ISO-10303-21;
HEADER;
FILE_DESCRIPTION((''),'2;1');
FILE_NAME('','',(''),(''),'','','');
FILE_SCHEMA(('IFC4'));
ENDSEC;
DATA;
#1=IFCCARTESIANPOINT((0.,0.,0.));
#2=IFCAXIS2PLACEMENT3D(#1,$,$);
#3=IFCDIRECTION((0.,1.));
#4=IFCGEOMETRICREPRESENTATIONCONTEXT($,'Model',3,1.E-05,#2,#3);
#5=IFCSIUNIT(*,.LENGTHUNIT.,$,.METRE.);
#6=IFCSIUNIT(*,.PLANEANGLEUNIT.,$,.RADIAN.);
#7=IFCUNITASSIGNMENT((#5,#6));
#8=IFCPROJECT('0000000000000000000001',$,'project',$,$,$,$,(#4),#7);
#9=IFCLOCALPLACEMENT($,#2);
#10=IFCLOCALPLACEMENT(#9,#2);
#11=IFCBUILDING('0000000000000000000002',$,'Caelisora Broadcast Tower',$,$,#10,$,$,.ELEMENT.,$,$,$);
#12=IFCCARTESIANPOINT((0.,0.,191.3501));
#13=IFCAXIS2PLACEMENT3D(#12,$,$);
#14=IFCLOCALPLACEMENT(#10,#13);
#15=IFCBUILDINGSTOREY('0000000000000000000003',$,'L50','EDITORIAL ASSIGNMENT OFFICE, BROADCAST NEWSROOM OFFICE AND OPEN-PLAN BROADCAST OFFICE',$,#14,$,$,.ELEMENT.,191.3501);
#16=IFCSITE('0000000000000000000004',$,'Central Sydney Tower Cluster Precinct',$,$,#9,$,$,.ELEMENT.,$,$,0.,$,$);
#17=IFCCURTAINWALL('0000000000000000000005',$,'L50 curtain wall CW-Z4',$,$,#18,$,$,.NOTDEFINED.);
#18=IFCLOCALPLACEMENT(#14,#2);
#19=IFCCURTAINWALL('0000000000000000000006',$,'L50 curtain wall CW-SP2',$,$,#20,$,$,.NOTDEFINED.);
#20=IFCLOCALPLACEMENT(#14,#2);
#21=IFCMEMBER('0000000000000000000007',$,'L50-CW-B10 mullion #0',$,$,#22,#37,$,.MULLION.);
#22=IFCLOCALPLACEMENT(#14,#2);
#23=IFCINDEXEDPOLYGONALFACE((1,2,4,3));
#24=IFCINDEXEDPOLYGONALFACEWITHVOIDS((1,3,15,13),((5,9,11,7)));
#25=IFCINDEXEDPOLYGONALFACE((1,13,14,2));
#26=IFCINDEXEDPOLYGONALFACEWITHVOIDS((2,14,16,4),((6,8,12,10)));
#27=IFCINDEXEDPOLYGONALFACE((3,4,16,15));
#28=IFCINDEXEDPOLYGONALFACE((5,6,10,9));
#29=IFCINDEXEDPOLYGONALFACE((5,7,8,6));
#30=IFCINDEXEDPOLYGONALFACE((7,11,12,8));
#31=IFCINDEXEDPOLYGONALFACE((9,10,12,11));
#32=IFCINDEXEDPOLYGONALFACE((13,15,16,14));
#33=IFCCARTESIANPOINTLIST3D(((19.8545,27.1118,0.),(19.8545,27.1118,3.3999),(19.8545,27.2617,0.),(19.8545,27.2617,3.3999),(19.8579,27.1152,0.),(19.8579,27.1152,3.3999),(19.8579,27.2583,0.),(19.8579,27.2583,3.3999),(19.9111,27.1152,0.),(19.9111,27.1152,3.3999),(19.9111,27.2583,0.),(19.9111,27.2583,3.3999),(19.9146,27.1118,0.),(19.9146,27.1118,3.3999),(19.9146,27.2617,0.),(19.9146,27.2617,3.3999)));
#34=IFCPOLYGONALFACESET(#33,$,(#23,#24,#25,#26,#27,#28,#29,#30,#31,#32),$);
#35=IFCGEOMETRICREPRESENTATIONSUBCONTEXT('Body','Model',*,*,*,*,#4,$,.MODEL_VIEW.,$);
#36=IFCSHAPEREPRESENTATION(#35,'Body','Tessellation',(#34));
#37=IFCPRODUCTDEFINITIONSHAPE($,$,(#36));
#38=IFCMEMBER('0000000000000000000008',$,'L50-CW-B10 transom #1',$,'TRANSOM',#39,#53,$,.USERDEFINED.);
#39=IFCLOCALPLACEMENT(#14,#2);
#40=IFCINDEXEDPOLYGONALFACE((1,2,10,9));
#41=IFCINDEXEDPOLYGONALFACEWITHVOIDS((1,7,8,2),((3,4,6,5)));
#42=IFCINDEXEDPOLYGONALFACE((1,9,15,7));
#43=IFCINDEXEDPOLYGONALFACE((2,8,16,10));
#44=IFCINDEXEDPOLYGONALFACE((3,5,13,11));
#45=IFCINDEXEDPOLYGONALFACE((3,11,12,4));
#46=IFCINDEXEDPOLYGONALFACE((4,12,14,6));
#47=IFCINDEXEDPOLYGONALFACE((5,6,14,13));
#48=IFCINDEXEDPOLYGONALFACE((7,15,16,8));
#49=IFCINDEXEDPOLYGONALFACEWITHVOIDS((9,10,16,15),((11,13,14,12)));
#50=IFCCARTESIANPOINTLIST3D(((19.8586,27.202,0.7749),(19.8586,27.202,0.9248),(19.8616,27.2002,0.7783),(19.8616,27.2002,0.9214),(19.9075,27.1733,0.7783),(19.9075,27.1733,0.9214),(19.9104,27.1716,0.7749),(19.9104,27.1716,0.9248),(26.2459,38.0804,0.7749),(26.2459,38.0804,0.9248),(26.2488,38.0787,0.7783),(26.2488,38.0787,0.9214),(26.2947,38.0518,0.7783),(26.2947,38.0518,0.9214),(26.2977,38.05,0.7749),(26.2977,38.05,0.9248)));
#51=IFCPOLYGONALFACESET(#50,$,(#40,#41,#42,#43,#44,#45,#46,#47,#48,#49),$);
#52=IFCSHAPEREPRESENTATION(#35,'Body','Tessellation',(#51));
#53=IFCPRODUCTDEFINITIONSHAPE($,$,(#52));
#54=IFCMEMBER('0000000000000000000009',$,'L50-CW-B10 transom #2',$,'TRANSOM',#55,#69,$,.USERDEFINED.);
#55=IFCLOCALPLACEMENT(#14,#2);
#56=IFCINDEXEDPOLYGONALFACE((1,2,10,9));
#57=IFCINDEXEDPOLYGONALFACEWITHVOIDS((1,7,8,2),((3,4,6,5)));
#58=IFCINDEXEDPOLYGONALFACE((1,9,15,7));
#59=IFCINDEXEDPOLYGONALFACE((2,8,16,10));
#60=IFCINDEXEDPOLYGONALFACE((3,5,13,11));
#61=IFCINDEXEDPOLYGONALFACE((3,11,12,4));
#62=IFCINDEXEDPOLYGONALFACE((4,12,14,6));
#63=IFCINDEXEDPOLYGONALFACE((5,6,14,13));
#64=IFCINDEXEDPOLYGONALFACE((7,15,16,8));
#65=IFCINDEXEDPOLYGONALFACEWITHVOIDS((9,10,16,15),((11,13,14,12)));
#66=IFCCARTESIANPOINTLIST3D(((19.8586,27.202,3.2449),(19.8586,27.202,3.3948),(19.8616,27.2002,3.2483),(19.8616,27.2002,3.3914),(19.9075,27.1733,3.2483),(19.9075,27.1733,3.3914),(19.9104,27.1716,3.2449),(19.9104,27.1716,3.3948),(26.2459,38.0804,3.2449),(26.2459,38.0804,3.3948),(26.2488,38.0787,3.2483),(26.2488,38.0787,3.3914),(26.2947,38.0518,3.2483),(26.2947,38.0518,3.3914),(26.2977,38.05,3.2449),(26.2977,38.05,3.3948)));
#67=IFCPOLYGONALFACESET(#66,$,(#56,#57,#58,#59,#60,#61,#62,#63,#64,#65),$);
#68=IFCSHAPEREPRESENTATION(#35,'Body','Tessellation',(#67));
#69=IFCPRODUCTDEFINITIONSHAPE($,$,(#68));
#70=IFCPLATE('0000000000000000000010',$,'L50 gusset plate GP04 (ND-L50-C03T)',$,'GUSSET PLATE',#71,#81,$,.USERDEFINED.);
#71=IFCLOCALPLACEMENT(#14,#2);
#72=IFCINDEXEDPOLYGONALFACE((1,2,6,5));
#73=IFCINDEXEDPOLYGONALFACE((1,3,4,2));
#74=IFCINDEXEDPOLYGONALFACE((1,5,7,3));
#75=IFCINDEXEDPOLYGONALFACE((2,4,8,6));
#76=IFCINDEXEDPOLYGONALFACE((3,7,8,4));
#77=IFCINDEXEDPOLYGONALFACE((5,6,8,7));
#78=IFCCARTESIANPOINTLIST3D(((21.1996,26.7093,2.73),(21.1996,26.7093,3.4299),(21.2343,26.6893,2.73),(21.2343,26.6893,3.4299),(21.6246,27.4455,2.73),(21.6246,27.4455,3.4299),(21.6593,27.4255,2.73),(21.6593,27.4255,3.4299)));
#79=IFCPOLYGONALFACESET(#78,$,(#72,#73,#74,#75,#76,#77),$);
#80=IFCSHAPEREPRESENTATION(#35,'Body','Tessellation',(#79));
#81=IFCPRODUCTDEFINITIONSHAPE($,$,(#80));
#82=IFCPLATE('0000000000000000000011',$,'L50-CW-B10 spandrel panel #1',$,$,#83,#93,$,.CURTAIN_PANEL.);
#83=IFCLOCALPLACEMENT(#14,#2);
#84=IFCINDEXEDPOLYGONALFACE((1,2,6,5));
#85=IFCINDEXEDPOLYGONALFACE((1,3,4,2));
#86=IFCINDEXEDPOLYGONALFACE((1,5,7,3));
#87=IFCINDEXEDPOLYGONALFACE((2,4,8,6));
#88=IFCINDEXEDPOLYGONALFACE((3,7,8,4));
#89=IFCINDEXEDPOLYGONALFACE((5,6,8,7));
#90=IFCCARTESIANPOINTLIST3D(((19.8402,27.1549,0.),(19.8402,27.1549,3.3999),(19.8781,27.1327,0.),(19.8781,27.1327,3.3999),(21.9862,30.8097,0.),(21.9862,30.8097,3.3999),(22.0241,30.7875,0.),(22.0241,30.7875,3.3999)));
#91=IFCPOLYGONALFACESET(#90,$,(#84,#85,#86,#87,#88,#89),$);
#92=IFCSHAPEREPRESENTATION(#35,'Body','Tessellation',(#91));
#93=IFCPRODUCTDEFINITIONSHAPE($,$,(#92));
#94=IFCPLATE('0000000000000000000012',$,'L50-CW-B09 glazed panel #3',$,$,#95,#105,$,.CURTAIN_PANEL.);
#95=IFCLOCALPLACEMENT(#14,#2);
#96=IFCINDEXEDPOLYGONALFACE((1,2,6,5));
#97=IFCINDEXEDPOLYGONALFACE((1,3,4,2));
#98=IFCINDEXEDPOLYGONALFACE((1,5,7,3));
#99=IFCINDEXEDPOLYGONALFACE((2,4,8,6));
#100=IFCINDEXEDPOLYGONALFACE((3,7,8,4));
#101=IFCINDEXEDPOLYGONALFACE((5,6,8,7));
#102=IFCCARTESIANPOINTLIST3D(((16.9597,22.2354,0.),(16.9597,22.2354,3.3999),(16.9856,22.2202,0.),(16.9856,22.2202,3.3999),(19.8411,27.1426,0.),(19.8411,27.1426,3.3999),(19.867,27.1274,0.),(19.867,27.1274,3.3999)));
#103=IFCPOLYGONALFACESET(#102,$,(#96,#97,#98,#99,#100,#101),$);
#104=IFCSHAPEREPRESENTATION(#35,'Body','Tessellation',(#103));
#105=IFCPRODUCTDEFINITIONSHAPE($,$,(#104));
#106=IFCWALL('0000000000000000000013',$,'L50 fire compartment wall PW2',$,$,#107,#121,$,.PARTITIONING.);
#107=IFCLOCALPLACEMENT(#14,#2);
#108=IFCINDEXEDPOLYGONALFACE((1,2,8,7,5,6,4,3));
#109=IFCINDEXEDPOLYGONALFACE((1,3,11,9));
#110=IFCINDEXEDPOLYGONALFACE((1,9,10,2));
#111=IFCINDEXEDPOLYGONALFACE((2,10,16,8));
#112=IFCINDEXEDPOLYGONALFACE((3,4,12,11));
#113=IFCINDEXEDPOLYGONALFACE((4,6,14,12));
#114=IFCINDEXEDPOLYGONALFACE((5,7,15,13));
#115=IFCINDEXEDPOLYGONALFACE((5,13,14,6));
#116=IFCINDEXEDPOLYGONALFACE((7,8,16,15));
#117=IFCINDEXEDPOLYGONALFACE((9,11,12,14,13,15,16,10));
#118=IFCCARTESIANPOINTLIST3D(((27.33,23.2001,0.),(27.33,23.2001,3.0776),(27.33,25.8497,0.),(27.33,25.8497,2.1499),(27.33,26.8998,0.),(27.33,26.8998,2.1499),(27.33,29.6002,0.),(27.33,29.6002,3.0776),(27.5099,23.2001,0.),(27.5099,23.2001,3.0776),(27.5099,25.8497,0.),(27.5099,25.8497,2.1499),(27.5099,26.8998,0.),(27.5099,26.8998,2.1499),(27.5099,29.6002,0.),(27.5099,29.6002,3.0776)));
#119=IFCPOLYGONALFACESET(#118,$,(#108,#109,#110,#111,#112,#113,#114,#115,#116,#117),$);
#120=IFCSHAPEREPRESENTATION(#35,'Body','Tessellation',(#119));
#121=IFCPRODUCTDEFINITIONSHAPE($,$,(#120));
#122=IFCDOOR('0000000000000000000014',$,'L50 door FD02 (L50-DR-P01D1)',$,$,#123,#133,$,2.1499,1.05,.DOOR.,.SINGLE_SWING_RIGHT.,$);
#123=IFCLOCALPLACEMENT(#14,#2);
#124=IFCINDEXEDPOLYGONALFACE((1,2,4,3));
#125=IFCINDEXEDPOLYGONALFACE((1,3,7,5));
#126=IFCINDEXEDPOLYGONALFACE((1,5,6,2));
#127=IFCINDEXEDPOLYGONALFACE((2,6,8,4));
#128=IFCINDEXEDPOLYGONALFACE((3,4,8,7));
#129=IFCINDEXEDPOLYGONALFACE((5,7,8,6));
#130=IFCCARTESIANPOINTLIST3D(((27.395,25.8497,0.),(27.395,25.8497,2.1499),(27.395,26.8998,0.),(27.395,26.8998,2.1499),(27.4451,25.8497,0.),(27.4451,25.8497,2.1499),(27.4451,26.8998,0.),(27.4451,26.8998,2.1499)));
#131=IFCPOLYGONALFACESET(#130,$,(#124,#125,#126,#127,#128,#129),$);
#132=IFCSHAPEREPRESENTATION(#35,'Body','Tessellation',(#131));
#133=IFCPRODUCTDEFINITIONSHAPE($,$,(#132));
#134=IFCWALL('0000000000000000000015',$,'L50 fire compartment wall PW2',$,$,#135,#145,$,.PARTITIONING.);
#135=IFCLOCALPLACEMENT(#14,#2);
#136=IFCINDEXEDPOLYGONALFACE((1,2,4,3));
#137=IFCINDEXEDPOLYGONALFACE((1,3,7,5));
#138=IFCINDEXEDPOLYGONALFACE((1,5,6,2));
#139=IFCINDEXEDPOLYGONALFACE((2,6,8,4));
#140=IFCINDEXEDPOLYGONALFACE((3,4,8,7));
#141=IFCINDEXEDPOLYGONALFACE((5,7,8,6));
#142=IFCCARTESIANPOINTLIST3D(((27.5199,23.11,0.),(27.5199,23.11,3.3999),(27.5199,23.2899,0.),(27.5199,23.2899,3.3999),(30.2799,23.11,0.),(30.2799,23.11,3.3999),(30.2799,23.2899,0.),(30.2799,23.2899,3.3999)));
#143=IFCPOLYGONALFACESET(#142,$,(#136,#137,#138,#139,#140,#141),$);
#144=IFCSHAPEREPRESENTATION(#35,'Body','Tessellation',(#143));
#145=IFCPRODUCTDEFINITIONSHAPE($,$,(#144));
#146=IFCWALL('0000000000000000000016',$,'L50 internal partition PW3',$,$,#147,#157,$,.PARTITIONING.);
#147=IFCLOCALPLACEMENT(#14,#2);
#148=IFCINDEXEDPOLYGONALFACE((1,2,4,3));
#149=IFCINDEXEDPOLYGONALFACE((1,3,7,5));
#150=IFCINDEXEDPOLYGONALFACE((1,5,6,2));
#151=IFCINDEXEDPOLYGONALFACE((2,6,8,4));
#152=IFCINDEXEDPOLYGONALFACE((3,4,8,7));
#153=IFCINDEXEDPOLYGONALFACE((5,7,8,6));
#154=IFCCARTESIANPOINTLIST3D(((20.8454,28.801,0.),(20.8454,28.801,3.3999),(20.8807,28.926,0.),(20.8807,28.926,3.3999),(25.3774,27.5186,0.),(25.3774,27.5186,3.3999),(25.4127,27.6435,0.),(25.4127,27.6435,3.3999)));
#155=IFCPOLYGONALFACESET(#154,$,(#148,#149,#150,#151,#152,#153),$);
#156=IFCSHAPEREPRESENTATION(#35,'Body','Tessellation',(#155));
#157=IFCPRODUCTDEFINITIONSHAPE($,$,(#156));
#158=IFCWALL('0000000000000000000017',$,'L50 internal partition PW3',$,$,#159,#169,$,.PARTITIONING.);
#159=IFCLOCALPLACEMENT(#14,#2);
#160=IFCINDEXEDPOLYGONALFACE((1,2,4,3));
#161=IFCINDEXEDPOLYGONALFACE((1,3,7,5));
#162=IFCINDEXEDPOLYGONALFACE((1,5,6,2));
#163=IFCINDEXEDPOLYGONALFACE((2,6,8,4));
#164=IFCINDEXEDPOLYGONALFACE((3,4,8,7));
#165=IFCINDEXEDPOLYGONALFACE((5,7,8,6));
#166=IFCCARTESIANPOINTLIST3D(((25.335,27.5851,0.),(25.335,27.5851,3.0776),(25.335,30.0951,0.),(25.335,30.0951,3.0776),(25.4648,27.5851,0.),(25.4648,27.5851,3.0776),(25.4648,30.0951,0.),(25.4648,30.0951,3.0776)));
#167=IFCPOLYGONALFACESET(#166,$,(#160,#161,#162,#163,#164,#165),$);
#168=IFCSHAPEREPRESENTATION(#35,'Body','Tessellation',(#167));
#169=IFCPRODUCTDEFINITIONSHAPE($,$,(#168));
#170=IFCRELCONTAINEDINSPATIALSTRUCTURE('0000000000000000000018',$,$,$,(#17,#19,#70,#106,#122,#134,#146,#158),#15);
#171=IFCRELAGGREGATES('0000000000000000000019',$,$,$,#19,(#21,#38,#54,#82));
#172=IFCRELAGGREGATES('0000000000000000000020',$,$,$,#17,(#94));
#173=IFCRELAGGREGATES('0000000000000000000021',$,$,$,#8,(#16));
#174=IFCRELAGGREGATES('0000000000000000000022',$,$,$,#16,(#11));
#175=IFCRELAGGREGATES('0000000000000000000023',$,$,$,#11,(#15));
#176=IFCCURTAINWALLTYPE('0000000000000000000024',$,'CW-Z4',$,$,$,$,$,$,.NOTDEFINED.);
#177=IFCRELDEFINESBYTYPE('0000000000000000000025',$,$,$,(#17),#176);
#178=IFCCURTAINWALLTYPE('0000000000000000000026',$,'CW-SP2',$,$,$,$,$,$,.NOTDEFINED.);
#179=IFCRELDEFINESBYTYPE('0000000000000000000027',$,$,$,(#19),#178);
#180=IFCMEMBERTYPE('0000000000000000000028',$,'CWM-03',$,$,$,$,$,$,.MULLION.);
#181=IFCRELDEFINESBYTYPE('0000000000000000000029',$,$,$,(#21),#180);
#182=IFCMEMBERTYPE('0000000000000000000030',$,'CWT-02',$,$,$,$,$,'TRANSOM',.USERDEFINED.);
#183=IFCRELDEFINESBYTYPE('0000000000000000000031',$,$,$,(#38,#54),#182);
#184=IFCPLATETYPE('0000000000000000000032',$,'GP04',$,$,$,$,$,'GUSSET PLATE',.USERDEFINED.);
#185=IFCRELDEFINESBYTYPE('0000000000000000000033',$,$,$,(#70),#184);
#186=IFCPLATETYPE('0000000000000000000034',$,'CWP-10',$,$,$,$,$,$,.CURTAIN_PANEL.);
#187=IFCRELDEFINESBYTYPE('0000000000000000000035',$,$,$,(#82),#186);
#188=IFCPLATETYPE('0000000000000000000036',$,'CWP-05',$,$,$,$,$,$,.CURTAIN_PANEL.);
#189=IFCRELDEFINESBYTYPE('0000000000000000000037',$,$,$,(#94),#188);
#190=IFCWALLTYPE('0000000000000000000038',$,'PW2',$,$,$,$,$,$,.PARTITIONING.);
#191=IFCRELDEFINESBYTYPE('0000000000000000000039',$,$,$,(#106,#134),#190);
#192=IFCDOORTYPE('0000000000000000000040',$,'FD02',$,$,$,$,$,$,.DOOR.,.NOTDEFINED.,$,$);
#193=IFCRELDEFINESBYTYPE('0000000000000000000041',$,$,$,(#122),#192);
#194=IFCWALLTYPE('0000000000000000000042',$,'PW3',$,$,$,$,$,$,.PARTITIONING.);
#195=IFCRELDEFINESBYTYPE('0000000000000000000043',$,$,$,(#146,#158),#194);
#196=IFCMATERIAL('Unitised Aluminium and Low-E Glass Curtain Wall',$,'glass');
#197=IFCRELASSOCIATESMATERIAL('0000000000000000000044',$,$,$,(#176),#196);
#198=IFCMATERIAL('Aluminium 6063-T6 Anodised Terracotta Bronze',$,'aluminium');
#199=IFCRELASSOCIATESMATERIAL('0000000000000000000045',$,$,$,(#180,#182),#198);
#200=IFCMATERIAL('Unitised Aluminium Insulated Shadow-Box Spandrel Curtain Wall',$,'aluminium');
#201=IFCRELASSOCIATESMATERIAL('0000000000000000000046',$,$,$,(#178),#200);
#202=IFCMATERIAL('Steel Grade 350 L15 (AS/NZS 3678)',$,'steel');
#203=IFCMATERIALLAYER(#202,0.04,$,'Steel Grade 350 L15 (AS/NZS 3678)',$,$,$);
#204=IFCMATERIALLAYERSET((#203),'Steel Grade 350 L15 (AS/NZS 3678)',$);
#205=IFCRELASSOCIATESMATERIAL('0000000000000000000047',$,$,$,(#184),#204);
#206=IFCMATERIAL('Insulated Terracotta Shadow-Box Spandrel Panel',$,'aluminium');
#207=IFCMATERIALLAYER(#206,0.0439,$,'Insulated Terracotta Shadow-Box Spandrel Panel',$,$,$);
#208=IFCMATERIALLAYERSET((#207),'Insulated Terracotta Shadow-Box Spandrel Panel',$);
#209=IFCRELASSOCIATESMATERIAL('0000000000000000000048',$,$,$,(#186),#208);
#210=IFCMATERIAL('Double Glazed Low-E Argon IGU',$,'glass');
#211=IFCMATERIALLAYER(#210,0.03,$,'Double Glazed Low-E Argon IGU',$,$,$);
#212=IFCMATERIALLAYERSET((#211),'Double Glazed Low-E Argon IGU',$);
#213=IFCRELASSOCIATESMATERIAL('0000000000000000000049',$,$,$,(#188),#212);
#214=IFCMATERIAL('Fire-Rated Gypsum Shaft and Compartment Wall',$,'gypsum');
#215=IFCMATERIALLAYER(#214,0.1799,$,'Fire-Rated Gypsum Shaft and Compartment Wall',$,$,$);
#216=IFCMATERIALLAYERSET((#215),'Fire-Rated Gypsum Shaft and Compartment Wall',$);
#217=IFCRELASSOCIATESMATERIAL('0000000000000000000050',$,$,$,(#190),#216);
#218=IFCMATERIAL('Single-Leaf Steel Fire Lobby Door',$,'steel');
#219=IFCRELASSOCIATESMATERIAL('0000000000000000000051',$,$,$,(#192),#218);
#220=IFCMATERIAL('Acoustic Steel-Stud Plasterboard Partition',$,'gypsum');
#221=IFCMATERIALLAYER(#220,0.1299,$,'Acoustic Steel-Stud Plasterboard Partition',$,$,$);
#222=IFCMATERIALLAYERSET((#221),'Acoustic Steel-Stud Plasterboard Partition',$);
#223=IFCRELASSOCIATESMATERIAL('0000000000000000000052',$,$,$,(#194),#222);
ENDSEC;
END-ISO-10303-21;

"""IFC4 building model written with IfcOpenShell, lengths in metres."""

from ifc_helpers import new_model, si_unit, direction, frame, frame_2d, origin, origin_2d, place, context, subcontext, project, spatial, rectangle, hollow_rectangle, extrude, source, transform, mapped, material, layer, layer_set, material_profile, profile_set, type_object, type_shapes, element, fill, aggregate, save


model = new_model("IFC4")

# Units and contexts
model_context = context("Model", 3, precision=1e-05, world=origin(), true_north=direction((0.0, 1.0)))
body_context = subcontext(model_context, "Body", "Model", "MODEL_VIEW")
ifc_project = project(units=[si_unit("LENGTHUNIT", "METRE"), si_unit("PLANEANGLEUNIT", "RADIAN")], contexts=[model_context])

# Site, building, storey
site_placement = place(None, origin())
site = spatial("IfcSite", under=ifc_project, at=site_placement, Name="Central Sydney Tower Cluster Precinct", CompositionType="ELEMENT", RefElevation=0.0)
building_placement = place(site_placement, origin())
building = spatial("IfcBuilding", under=site, at=building_placement, Name="Caelisora Broadcast Tower", CompositionType="ELEMENT")
storey_placement = place(building_placement, frame((0.0, 0.0, 191.3501)))
storey = spatial("IfcBuildingStorey", under=building, at=storey_placement, Name="L50", Description="EDITORIAL ASSIGNMENT OFFICE, BROADCAST NEWSROOM OFFICE AND OPEN-PLAN BROADCAST OFFICE", CompositionType="ELEMENT", Elevation=191.3501)

# Shared definitions
ifc_material_1 = material(Name="Steel Grade 350 L15 (AS/NZS 3678)", Category="steel")

# Curtain walls, members
ifc_material_2 = material(Name="Unitised Aluminium and Low-E Glass Curtain Wall", Category="glass")
curtain_wall_type_1 = type_object("IfcCurtainWallType", Name="CW-Z4", PredefinedType="NOTDEFINED", material=ifc_material_2)
curtain_wall_1_placement = place(storey_placement, origin())
curtain_wall_1 = element("IfcCurtainWall", 1, at=curtain_wall_1_placement, inside=storey, type_object=curtain_wall_type_1, Name="L50 curtain wall CW-Z4", PredefinedType="NOTDEFINED")
ifc_material_3 = material(Name="Aluminium 6063-T6 Anodised Terracotta Bronze", Category="aluminium")
ifc_material_profile_1 = material_profile(ifc_material_3, hollow_rectangle(XDim=0.0601, YDim=0.1499, WallThickness=0.0034, at=origin_2d()), Name="Aluminium 6063-T6 Anodised Terracotta Bronze")
ifc_profile_set_1 = profile_set([ifc_material_profile_1], Name="Aluminium 6063-T6 Anodised Terracotta Bronze")
member_type_1 = type_object("IfcMemberType", Name="CWM-03", PredefinedType="MULLION", material=ifc_profile_set_1)
shared_shape_1 = source(origin(), body_context, "Body", "SweptSolid", [
    extrude(hollow_rectangle(XDim=0.0601, YDim=0.1499, WallThickness=0.0034, at=origin_2d()), origin(), (0.0, 0.0, 1.0), 3.3999),
])
type_shapes(member_type_1, [shared_shape_1])
ifc_material_4 = material(Name="Unitised Aluminium Insulated Shadow-Box Spandrel Curtain Wall", Category="aluminium")
curtain_wall_type_2 = type_object("IfcCurtainWallType", Name="CW-SP2", PredefinedType="NOTDEFINED", material=ifc_material_4)
curtain_wall_2_placement = place(storey_placement, origin())
curtain_wall_2 = element("IfcCurtainWall", 2, at=curtain_wall_2_placement, inside=storey, type_object=curtain_wall_type_2, Name="L50 curtain wall CW-SP2", PredefinedType="NOTDEFINED")
member_1_placement = place(storey_placement, frame((19.8845, 27.1868, 0.0), z_axis=(0.0, 0.0, 1.0), x_axis=(1.0, 0.0, 0.0)))
member_1 = element("IfcMember", 3, at=member_1_placement, type_object=member_type_1, Name="L50-CW-B10 mullion #0", PredefinedType="MULLION", context=body_context, shape_type="MappedRepresentation", body=[
    mapped(shared_shape_1, transform((0.0, 0.0, 0.0), scale=1.0)),
])
ifc_material_profile_2 = material_profile(ifc_material_3, hollow_rectangle(XDim=0.0601, YDim=0.1499, WallThickness=0.0034, at=origin_2d()), Name="Aluminium 6063-T6 Anodised Terracotta Bronze")
ifc_profile_set_2 = profile_set([ifc_material_profile_2], Name="Aluminium 6063-T6 Anodised Terracotta Bronze")
member_type_2 = type_object("IfcMemberType", Name="CWT-02", ElementType="TRANSOM", PredefinedType="USERDEFINED", material=ifc_profile_set_2)
shared_shape_2 = source(origin(), body_context, "Body", "SweptSolid", [
    extrude(hollow_rectangle(XDim=0.0601, YDim=0.1499, WallThickness=0.0034, at=origin_2d()), origin(), (0.0, 0.0, 1.0), 12.615),
])
type_shapes(member_type_2, [shared_shape_2])
member_2_placement = place(storey_placement, frame((19.8845, 27.1868, 0.8499), z_axis=(0.506321, 0.862345, 0.0), x_axis=(-0.862345, 0.506321, 0.0)))
member_2 = element("IfcMember", 4, at=member_2_placement, type_object=member_type_2, Name="L50-CW-B10 transom #1", ObjectType="TRANSOM", PredefinedType="USERDEFINED", context=body_context, shape_type="MappedRepresentation", body=[
    mapped(shared_shape_2, transform((0.0, 0.0, 0.0), scale=1.0)),
])
member_3_placement = place(storey_placement, frame((19.8845, 27.1868, 3.3198), z_axis=(0.506321, 0.862345, 0.0), x_axis=(-0.862345, 0.506321, 0.0)))
member_3 = element("IfcMember", 5, at=member_3_placement, type_object=member_type_2, Name="L50-CW-B10 transom #2", ObjectType="TRANSOM", PredefinedType="USERDEFINED", context=body_context, shape_type="MappedRepresentation", body=[
    mapped(shared_shape_2, transform((0.0, 0.0, 0.0), scale=1.0)),
])

# Plates
ifc_layer_1 = layer(ifc_material_1, 0.04, Name="Steel Grade 350 L15 (AS/NZS 3678)")
ifc_layer_set_1 = layer_set([ifc_layer_1], Name="Steel Grade 350 L15 (AS/NZS 3678)")
plate_type_1 = type_object("IfcPlateType", Name="GP04", ElementType="GUSSET PLATE", PredefinedType="USERDEFINED", material=ifc_layer_set_1)
shared_shape_3 = source(origin(), body_context, "Body", "SweptSolid", [
    extrude(rectangle(XDim=0.8501, YDim=0.04, at=origin_2d()), origin(), (0.0, 0.0, 1.0), 0.7),
])
type_shapes(plate_type_1, [shared_shape_3])
plate_1_placement = place(storey_placement, frame((21.4294, 27.0674, 2.73), z_axis=(0.0, 0.0, 1.0), x_axis=(-0.5, -0.866025, 0.0)))
element("IfcPlate", 6, at=plate_1_placement, inside=storey, type_object=plate_type_1, Name="L50 gusset plate GP04 (ND-L50-C03T)", ObjectType="GUSSET PLATE", PredefinedType="USERDEFINED", context=body_context, shape_type="MappedRepresentation", body=[
    mapped(shared_shape_3, transform((0.0, 0.0, 0.0), scale=1.0)),
])
ifc_material_5 = material(Name="Insulated Terracotta Shadow-Box Spandrel Panel", Category="aluminium")
ifc_layer_2 = layer(ifc_material_5, 0.0439, Name="Insulated Terracotta Shadow-Box Spandrel Panel")
ifc_layer_set_2 = layer_set([ifc_layer_2], Name="Insulated Terracotta Shadow-Box Spandrel Panel")
plate_type_2 = type_object("IfcPlateType", Name="CWP-10", PredefinedType="CURTAIN_PANEL", material=ifc_layer_set_2)
shared_shape_4 = source(origin(), body_context, "Body", "SweptSolid", [
    extrude(rectangle(XDim=4.2383, YDim=0.0439, at=origin_2d()), origin(), (0.0, 0.0, 1.0), 3.3999),
])
type_shapes(plate_type_2, [shared_shape_4])
plate_2_placement = place(storey_placement, frame((20.9321, 28.9712, 0.0), z_axis=(0.0, 0.0, 1.0), x_axis=(0.506335, 0.862337, 0.0)))
plate_2 = element("IfcPlate", 7, at=plate_2_placement, type_object=plate_type_2, Name="L50-CW-B10 spandrel panel #1", PredefinedType="CURTAIN_PANEL", context=body_context, shape_type="MappedRepresentation", body=[
    mapped(shared_shape_4, transform((0.0, 0.0, 0.0), scale=1.0)),
])
aggregate(curtain_wall_2, [member_1, member_2, member_3, plate_2])
ifc_material_6 = material(Name="Double Glazed Low-E Argon IGU", Category="glass")
ifc_layer_3 = layer(ifc_material_6, 0.03, Name="Double Glazed Low-E Argon IGU")
ifc_layer_set_3 = layer_set([ifc_layer_3], Name="Double Glazed Low-E Argon IGU")
plate_type_3 = type_object("IfcPlateType", Name="CWP-05", PredefinedType="CURTAIN_PANEL", material=ifc_layer_set_3)
shared_shape_5 = source(origin(), body_context, "Body", "SweptSolid", [
    extrude(rectangle(XDim=5.6907, YDim=0.03, at=origin_2d()), origin(), (0.0, 0.0, 1.0), 3.3999),
])
type_shapes(plate_type_3, [shared_shape_5])
plate_3_placement = place(storey_placement, frame((18.4133, 24.6814, 0.0), z_axis=(0.0, 0.0, 1.0), x_axis=(0.506335, 0.862337, 0.0)))
plate_3 = element("IfcPlate", 8, at=plate_3_placement, type_object=plate_type_3, Name="L50-CW-B09 glazed panel #3", PredefinedType="CURTAIN_PANEL", context=body_context, shape_type="MappedRepresentation", body=[
    mapped(shared_shape_5, transform((0.0, 0.0, 0.0), scale=1.0)),
])
aggregate(curtain_wall_1, [plate_3])

# Wall, opening, door
ifc_material_7 = material(Name="Fire-Rated Gypsum Shaft and Compartment Wall", Category="gypsum")
ifc_layer_4 = layer(ifc_material_7, 0.1799, Name="Fire-Rated Gypsum Shaft and Compartment Wall")
ifc_layer_set_4 = layer_set([ifc_layer_4], Name="Fire-Rated Gypsum Shaft and Compartment Wall")
wall_type_1 = type_object("IfcWallType", Name="PW2", PredefinedType="PARTITIONING", material=ifc_layer_set_4)
wall_1_placement = place(storey_placement, frame((27.4199, 23.2, 0.0), z_axis=(0.0, 0.0, 1.0), x_axis=(0.0, 1.0, 0.0)))
wall_1 = element("IfcWall", 9, at=wall_1_placement, inside=storey, type_object=wall_type_1, Name="L50 fire compartment wall PW2", PredefinedType="PARTITIONING", context=body_context, shape_type="SweptSolid", body=[
    extrude(rectangle(XDim=6.4001, YDim=0.1799, at=frame_2d((3.2002, 0.0))), origin(), (0.0, 0.0, 1.0), 3.0776),
])
opening_placement = place(wall_1_placement, frame((2.6499, 0.0, 0.0)))
opening = element("IfcOpeningElement", 10, at=opening_placement, cuts=wall_1, PredefinedType="OPENING", context=body_context, shape_type="SweptSolid", body=[
    extrude(rectangle(XDim=1.05, YDim=2.1499, at=frame_2d((0.5249, 1.075))), frame((0.0, 0.1021, 0.0), z_axis=(0.0, -1.0, 0.0), x_axis=(1.0, 0.0, 0.0)), (0.0, 0.0, 1.0), 0.2039),
])
ifc_material_8 = material(Name="Single-Leaf Steel Fire Lobby Door", Category="steel")
door_type = type_object("IfcDoorType", Name="FD02", OperationType="NOTDEFINED", PredefinedType="DOOR", material=ifc_material_8)
door_placement = place(opening_placement, origin())
door = element("IfcDoor", 11, at=door_placement, inside=storey, type_object=door_type, Name="L50 door FD02 (L50-DR-P01D1)", OperationType="SINGLE_SWING_RIGHT", OverallHeight=2.1499, OverallWidth=1.05, PredefinedType="DOOR", context=body_context, shape_type="SweptSolid", body=[
    extrude(rectangle(XDim=1.05, YDim=2.1499, at=frame_2d((0.5249, 1.075))), frame((0.0, 0.0249, 0.0), z_axis=(0.0, -1.0, 0.0), x_axis=(1.0, 0.0, 0.0)), (0.0, 0.0, 1.0), 0.05),
])
fill(opening, door)

# Walls
wall_2_placement = place(storey_placement, frame((27.52, 23.2, 0.0), z_axis=(0.0, 0.0, 1.0), x_axis=(1.0, 0.0, 0.0)))
element("IfcWall", 12, at=wall_2_placement, inside=storey, type_object=wall_type_1, Name="L50 fire compartment wall PW2", PredefinedType="PARTITIONING", context=body_context, shape_type="SweptSolid", body=[
    extrude(rectangle(XDim=2.76, YDim=0.1799, at=frame_2d((1.3799, 0.0))), origin(), (0.0, 0.0, 1.0), 3.3999),
])
ifc_material_9 = material(Name="Acoustic Steel-Stud Plasterboard Partition", Category="gypsum")
ifc_layer_5 = layer(ifc_material_9, 0.1299, Name="Acoustic Steel-Stud Plasterboard Partition")
ifc_layer_set_5 = layer_set([ifc_layer_5], Name="Acoustic Steel-Stud Plasterboard Partition")
wall_type_2 = type_object("IfcWallType", Name="PW3", PredefinedType="PARTITIONING", material=ifc_layer_set_5)
wall_3_placement = place(storey_placement, frame((20.863, 28.8635, 0.0), z_axis=(0.0, 0.0, 1.0), x_axis=(0.962215, -0.27229, 0.0)))
element("IfcWall", 13, at=wall_3_placement, inside=storey, type_object=wall_type_2, Name="L50 internal partition PW3", PredefinedType="PARTITIONING", context=body_context, shape_type="SweptSolid", body=[
    extrude(rectangle(XDim=4.71, YDim=0.1299, at=frame_2d((2.355, 0.0))), origin(), (0.0, 0.0, 1.0), 3.3999),
])
wall_4_placement = place(storey_placement, frame((25.3999, 30.095, 0.0), z_axis=(0.0, 0.0, 1.0), x_axis=(0.0, -1.0, 0.0)))
element("IfcWall", 14, at=wall_4_placement, inside=storey, type_object=wall_type_2, Name="L50 internal partition PW3", PredefinedType="PARTITIONING", context=body_context, shape_type="SweptSolid", body=[
    extrude(rectangle(XDim=2.51, YDim=0.1299, at=frame_2d((1.2549, 0.0))), origin(), (0.0, 0.0, 1.0), 3.0776),
])

save(model, "model.ifc")
